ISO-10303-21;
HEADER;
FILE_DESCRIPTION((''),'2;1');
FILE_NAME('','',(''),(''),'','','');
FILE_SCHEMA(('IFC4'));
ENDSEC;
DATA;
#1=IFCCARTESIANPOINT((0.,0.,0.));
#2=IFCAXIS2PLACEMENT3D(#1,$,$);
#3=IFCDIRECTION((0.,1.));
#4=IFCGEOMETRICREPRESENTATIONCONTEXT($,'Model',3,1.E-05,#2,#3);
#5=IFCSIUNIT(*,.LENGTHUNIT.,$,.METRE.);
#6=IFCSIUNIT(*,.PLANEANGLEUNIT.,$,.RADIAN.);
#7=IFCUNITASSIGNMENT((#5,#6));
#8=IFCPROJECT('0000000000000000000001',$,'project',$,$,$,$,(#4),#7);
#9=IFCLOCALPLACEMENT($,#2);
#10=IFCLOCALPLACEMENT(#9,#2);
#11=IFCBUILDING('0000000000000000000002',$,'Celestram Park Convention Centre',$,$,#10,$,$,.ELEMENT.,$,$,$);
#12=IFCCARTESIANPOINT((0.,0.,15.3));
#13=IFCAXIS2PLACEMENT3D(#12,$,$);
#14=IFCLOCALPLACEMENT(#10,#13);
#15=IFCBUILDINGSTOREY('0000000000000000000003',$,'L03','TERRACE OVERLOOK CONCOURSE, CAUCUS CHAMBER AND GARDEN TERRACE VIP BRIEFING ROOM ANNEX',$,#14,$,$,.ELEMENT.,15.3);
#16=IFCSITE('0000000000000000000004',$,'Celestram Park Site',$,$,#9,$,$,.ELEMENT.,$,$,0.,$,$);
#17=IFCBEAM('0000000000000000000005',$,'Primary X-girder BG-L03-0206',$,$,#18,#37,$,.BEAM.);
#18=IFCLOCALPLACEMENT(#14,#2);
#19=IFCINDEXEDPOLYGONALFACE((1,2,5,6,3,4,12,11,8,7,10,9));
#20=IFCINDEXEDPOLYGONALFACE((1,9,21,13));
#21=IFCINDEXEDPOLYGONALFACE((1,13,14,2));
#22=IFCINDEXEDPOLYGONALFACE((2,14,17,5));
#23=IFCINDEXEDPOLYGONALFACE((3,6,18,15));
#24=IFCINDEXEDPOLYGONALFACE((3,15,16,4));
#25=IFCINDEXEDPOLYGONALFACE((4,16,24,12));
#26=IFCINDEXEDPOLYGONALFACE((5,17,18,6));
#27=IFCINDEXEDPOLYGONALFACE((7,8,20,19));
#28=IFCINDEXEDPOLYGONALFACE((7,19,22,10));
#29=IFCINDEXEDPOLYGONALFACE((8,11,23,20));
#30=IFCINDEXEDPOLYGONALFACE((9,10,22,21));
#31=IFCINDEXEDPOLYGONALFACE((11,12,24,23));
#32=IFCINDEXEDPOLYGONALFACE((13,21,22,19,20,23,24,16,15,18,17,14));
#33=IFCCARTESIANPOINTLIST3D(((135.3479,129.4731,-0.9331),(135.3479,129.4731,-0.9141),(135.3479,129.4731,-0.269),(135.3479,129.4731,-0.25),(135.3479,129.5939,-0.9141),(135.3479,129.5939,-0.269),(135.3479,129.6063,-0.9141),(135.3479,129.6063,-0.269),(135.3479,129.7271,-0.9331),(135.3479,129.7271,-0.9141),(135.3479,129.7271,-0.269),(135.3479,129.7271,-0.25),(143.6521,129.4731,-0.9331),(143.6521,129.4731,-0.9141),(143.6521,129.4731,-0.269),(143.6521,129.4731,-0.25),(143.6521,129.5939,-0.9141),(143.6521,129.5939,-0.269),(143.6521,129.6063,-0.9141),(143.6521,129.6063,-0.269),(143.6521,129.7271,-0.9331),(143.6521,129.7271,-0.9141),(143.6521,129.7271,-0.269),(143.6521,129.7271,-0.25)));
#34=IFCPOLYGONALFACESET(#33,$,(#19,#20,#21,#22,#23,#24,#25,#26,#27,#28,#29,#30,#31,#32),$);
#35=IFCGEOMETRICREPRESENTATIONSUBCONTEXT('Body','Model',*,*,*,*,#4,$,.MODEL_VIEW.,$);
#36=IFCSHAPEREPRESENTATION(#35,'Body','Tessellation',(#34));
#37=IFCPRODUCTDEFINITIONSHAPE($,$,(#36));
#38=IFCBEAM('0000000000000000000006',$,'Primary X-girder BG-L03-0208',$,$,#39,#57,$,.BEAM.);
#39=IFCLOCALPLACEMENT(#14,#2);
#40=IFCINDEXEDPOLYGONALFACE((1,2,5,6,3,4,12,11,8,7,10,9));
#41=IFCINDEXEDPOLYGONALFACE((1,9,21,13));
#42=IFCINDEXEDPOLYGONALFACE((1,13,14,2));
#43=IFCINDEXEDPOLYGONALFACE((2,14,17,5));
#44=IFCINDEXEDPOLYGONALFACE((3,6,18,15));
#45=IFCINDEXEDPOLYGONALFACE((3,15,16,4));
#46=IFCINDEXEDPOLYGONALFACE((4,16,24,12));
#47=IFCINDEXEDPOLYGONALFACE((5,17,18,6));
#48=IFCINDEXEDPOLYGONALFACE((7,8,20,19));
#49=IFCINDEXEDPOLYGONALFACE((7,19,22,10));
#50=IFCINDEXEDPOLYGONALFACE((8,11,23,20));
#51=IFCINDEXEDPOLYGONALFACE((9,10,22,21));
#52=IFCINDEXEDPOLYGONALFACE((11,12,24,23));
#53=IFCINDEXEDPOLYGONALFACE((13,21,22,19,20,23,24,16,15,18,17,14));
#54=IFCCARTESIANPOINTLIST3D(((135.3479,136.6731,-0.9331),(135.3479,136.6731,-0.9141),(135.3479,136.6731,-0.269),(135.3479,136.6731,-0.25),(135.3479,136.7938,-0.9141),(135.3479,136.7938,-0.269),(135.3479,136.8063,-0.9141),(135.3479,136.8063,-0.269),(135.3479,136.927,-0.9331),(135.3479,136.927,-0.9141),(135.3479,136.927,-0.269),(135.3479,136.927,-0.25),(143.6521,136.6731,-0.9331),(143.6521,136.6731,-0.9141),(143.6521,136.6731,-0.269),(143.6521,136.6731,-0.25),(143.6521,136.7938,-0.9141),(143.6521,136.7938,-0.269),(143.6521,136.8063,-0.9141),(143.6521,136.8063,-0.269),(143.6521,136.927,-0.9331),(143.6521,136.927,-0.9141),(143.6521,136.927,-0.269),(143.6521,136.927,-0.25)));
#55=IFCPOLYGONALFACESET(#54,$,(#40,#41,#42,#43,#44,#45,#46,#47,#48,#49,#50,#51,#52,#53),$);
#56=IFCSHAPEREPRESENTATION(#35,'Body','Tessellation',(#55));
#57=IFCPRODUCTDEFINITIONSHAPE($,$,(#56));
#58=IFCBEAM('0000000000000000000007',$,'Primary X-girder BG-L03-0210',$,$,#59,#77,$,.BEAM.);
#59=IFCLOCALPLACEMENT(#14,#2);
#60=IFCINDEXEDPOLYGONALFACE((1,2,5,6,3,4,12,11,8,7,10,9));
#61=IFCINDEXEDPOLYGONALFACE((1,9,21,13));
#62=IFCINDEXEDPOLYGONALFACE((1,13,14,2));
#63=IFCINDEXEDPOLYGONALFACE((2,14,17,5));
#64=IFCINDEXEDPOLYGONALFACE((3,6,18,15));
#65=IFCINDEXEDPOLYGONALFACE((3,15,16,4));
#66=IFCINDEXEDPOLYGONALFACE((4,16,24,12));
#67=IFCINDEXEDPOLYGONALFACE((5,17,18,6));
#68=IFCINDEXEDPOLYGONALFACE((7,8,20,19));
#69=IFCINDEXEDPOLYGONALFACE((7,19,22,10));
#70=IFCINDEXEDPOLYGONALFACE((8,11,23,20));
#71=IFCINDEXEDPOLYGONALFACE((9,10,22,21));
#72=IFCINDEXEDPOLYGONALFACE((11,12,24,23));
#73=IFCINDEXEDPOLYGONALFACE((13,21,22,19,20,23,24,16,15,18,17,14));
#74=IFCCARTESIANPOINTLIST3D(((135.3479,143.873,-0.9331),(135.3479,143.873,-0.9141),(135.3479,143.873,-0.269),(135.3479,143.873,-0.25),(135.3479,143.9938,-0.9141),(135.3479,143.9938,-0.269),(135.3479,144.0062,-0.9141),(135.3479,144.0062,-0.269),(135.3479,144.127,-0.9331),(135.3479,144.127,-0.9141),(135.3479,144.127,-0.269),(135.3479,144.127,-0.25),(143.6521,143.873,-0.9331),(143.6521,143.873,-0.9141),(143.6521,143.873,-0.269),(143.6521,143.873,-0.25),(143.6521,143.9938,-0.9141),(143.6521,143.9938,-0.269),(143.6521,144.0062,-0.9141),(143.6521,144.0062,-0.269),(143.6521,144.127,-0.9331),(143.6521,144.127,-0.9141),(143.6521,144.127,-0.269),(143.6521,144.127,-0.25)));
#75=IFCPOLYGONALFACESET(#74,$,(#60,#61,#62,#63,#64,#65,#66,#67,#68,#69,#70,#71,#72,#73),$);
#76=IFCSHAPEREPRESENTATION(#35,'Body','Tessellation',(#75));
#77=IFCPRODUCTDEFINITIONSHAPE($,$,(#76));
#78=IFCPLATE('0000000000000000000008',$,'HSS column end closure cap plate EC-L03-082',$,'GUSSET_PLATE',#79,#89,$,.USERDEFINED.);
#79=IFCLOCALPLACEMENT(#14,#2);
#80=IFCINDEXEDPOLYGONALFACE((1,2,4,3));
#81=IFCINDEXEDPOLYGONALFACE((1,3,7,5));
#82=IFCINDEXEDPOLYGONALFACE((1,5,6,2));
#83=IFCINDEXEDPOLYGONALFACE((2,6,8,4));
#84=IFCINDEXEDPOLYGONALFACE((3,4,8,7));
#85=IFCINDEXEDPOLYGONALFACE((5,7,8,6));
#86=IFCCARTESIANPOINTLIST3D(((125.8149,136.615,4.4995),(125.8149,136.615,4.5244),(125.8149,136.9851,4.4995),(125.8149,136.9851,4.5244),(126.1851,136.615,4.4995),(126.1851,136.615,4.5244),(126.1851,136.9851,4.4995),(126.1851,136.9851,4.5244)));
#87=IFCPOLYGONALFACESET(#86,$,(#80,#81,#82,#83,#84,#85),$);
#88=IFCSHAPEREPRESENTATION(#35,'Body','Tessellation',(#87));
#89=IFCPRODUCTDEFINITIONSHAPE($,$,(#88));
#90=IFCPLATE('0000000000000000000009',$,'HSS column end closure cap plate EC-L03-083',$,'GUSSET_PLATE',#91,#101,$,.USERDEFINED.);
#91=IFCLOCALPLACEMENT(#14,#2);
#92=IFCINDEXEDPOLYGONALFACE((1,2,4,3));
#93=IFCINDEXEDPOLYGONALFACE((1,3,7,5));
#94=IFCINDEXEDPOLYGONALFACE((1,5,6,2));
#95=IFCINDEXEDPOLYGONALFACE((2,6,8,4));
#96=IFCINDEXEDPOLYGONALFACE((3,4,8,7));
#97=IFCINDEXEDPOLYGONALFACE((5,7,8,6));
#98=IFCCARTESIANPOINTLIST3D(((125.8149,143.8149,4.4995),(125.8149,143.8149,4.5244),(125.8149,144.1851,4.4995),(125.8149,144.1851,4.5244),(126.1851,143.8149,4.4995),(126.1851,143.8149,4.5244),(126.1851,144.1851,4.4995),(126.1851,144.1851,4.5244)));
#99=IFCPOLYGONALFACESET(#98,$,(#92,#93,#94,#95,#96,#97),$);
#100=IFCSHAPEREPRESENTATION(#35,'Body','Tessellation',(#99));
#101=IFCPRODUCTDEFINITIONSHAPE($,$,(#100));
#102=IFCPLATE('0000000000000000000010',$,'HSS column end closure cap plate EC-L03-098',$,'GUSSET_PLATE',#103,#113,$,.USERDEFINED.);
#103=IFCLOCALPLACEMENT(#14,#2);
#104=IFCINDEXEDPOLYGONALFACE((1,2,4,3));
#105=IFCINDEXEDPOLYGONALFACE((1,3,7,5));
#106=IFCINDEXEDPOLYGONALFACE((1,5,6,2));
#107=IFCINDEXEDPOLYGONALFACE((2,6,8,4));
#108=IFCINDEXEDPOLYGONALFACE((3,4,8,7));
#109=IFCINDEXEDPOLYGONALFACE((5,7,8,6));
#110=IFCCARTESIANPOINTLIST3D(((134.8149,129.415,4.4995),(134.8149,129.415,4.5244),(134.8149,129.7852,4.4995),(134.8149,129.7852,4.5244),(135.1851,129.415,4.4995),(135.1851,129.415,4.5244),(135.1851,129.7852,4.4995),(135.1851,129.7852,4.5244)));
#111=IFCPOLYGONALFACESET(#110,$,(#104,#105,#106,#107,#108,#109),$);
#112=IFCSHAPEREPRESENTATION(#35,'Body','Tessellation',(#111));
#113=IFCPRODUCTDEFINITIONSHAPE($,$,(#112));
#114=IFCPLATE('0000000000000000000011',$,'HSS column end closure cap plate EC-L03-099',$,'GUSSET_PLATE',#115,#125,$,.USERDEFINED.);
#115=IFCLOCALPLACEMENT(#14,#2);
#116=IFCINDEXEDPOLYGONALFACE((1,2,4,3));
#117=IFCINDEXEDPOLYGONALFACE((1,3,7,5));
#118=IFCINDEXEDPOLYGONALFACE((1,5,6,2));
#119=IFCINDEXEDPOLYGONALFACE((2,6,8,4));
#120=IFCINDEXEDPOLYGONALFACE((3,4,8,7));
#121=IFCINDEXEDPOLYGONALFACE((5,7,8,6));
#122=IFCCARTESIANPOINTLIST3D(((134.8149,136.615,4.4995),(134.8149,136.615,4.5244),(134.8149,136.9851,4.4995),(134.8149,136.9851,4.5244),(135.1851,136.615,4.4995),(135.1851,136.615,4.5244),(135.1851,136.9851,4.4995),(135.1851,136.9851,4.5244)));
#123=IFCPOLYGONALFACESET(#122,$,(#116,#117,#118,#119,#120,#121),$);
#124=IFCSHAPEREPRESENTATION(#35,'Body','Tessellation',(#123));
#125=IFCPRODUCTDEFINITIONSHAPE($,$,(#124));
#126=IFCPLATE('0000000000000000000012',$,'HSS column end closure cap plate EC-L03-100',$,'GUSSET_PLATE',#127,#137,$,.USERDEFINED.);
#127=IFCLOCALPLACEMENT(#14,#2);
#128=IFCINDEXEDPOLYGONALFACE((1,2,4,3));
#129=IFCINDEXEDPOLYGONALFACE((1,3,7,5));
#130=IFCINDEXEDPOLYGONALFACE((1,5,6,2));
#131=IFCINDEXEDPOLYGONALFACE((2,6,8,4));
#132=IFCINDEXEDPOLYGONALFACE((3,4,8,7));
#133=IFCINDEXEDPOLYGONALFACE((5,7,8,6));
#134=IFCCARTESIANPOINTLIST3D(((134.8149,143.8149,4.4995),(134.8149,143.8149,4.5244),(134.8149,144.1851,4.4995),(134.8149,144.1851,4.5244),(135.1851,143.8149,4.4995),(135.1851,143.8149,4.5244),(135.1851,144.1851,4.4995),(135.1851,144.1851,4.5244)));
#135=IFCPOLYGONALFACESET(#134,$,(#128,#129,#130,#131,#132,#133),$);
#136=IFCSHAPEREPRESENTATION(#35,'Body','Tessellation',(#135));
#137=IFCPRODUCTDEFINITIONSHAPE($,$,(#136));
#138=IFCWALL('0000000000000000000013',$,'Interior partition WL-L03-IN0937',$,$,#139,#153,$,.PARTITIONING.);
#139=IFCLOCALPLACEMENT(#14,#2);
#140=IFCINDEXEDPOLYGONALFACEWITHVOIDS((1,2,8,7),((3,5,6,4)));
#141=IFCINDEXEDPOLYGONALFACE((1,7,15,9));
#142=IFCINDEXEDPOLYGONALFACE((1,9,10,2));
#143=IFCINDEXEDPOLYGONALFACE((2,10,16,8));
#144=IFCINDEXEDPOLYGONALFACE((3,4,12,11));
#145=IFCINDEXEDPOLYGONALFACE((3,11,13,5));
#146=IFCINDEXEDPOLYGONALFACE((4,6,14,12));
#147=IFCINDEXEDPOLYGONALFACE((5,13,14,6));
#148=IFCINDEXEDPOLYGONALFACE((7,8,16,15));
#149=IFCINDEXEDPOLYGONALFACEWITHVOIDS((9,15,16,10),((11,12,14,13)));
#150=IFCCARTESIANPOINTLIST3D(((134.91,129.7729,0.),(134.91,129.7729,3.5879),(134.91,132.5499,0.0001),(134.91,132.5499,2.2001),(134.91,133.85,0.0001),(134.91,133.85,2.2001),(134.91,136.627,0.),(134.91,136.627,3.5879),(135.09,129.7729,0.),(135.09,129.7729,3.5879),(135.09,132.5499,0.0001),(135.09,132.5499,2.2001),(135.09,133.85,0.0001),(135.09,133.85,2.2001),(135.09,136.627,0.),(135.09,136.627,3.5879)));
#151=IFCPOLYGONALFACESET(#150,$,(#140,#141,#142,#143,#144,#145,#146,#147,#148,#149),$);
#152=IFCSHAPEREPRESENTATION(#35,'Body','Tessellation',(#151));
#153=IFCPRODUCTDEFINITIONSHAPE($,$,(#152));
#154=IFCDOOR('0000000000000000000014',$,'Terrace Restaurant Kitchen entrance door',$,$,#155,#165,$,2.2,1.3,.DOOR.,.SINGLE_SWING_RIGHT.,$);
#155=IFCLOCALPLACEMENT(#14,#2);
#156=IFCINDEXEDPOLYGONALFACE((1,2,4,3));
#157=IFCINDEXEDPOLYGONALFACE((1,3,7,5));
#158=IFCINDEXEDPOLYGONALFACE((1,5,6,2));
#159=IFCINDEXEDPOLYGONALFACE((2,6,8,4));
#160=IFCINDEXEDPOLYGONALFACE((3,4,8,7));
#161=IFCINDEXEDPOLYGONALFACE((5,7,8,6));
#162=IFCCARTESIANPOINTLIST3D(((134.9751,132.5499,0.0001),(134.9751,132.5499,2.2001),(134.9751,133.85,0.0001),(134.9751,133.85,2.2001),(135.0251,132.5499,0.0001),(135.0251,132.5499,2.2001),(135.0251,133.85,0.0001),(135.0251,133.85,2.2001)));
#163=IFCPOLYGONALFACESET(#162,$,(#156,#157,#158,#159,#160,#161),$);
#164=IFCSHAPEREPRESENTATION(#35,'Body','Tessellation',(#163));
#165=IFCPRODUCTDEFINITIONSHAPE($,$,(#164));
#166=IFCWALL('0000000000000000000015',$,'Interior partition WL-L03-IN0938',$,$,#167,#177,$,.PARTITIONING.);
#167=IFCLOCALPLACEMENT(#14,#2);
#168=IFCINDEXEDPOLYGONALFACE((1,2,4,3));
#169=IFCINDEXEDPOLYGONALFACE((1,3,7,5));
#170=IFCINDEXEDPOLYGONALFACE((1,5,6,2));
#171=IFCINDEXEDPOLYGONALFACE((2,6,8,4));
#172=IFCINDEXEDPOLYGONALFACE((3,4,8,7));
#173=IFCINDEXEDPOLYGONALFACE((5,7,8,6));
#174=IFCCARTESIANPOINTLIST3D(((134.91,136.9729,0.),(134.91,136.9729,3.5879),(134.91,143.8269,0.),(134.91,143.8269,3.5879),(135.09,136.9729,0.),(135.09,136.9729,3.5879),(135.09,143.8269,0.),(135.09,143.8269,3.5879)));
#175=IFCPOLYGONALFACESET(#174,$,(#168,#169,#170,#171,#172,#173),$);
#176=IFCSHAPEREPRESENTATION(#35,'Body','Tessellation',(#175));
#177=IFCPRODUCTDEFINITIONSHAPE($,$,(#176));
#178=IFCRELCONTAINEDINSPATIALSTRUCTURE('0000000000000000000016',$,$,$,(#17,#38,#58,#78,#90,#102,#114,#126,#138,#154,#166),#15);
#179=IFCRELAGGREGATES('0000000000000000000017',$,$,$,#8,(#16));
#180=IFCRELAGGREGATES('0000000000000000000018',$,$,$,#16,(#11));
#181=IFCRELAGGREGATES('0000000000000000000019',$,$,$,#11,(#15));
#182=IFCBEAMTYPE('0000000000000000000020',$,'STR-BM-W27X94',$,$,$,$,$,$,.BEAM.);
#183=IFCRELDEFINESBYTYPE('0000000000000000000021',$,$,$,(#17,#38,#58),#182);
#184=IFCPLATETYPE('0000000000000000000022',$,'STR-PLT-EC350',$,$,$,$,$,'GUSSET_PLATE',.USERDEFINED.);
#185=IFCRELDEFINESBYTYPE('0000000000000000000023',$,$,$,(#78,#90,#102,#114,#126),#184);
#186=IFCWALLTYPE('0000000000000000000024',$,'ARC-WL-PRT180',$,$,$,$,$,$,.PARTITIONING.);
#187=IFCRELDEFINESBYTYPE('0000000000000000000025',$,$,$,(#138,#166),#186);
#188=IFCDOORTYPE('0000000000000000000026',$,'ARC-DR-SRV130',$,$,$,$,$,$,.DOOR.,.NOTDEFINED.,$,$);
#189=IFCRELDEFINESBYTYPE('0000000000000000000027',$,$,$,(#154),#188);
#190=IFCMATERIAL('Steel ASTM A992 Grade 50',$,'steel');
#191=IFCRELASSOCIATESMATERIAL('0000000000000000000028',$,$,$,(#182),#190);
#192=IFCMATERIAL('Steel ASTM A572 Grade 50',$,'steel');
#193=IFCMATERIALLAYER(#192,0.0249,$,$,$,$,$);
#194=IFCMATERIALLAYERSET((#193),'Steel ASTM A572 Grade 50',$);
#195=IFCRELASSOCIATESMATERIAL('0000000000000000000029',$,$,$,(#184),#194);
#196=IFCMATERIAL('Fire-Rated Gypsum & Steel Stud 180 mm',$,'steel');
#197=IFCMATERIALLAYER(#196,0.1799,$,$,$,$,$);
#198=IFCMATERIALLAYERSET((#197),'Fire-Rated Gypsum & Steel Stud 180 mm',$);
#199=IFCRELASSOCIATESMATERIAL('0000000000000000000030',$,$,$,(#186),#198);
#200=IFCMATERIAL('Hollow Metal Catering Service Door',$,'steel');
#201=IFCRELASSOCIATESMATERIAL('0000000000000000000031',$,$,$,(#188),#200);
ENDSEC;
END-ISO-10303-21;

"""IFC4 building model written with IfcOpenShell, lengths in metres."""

from ifc_helpers import new_model, si_unit, direction, frame, frame_2d, origin, origin_2d, place, context, subcontext, project, spatial, rectangle, i_section, extrude, material, layer, layer_set, material_profile, profile_set, type_object, element, fill, save


model = new_model("IFC4")

# Units and contexts
model_context = context("Model", 3, precision=1e-05, world=origin(), true_north=direction((0.0, 1.0)))
body_context = subcontext(model_context, "Body", "Model", "MODEL_VIEW")
ifc_project = project(units=[si_unit("LENGTHUNIT", "METRE"), si_unit("PLANEANGLEUNIT", "RADIAN")], contexts=[model_context])

# Site, building, storey
site_placement = place(None, origin())
site = spatial("IfcSite", under=ifc_project, at=site_placement, Name="Celestram Park Site", CompositionType="ELEMENT", RefElevation=0.0)
building_placement = place(site_placement, origin())
building = spatial("IfcBuilding", under=site, at=building_placement, Name="Celestram Park Convention Centre", CompositionType="ELEMENT")
storey_placement = place(building_placement, frame((0.0, 0.0, 15.3)))
storey = spatial("IfcBuildingStorey", under=building, at=storey_placement, Name="L03", Description="TERRACE OVERLOOK CONCOURSE, CAUCUS CHAMBER AND GARDEN TERRACE VIP BRIEFING ROOM ANNEX", CompositionType="ELEMENT", Elevation=15.3)

# Beams
ifc_material_1 = material(Name="Steel ASTM A992 Grade 50", Category="steel")
ifc_material_profile_1 = material_profile(ifc_material_1, i_section(OverallWidth=0.2539, OverallDepth=0.6831, WebThickness=0.0125, FlangeThickness=0.019, at=origin_2d()), Name="W27X94")
ifc_profile_set_1 = profile_set([ifc_material_profile_1], Name="Steel ASTM A992 Grade 50")
beam_type_1 = type_object("IfcBeamType", Name="STR-BM-W27X94", PredefinedType="BEAM", material=ifc_profile_set_1)
for number, where, z_axis, x_axis, name in (
    (1, (135.3479, 129.6001, -0.5916), (1.0, 0.0, 0.0), (0.0, 1.0, 0.0), "Primary X-girder BG-L03-0206"),
    (2, (135.3479, 136.8, -0.5916), (1.0, 0.0, 0.0), (0.0, 1.0, 0.0), "Primary X-girder BG-L03-0208"),
    (3, (135.3479, 144.0, -0.5916), (1.0, 0.0, 0.0), (0.0, 1.0, 0.0), "Primary X-girder BG-L03-0210"),
):
    element("IfcBeam", number, at=place(storey_placement, frame(where, z_axis=z_axis, x_axis=x_axis)), inside=storey, type_object=beam_type_1, Name=name, PredefinedType="BEAM", context=body_context, shape_type="SweptSolid", body=[
        extrude(i_section(OverallWidth=0.2539, OverallDepth=0.6831, WebThickness=0.0125, FlangeThickness=0.019, at=origin_2d()), origin(), (0.0, 0.0, 1.0), 8.3042),
    ])

# Plates
ifc_material_2 = material(Name="Steel ASTM A572 Grade 50", Category="steel")
ifc_layer_1 = layer(ifc_material_2, 0.0249)
ifc_layer_set_1 = layer_set([ifc_layer_1], Name="Steel ASTM A572 Grade 50")
plate_type = type_object("IfcPlateType", Name="STR-PLT-EC350", ElementType="GUSSET_PLATE", PredefinedType="USERDEFINED", material=ifc_layer_set_1)
for number, where, z_axis, x_axis, name in (
    (4, (126.0, 136.8, 4.4995), (0.0, 0.0, 1.0), (1.0, 0.0, 0.0), "HSS column end closure cap plate EC-L03-082"),
    (5, (126.0, 144.0, 4.4995), (0.0, 0.0, 1.0), (1.0, 0.0, 0.0), "HSS column end closure cap plate EC-L03-083"),
    (6, (135.0, 129.6001, 4.4995), (0.0, 0.0, 1.0), (1.0, 0.0, 0.0), "HSS column end closure cap plate EC-L03-098"),
    (7, (135.0, 136.8, 4.4995), (0.0, 0.0, 1.0), (1.0, 0.0, 0.0), "HSS column end closure cap plate EC-L03-099"),
    (8, (135.0, 144.0, 4.4995), (0.0, 0.0, 1.0), (1.0, 0.0, 0.0), "HSS column end closure cap plate EC-L03-100"),
):
    element("IfcPlate", number, at=place(storey_placement, frame(where, z_axis=z_axis, x_axis=x_axis)), inside=storey, type_object=plate_type, Name=name, ObjectType="GUSSET_PLATE", PredefinedType="USERDEFINED", context=body_context, shape_type="SweptSolid", body=[
        extrude(rectangle(XDim=0.3701, YDim=0.3701, at=origin_2d()), origin(), (0.0, 0.0, 1.0), 0.0249),
    ])

# Wall, opening, door
ifc_material_3 = material(Name="Fire-Rated Gypsum & Steel Stud 180 mm", Category="steel")
ifc_layer_2 = layer(ifc_material_3, 0.1799)
ifc_layer_set_2 = layer_set([ifc_layer_2], Name="Fire-Rated Gypsum & Steel Stud 180 mm")
wall_type = type_object("IfcWallType", Name="ARC-WL-PRT180", PredefinedType="PARTITIONING", material=ifc_layer_set_2)
wall_1_placement = place(storey_placement, frame((135.0, 129.7729, 0.0), z_axis=(0.0, 0.0, 1.0), x_axis=(0.0, 1.0, 0.0)))
wall_1 = element("IfcWall", 9, at=wall_1_placement, inside=storey, type_object=wall_type, Name="Interior partition WL-L03-IN0937", PredefinedType="PARTITIONING", context=body_context, shape_type="SweptSolid", body=[
    extrude(rectangle(XDim=6.854, YDim=0.1799, at=frame_2d((3.427, 0.0))), origin(), (0.0, 0.0, 1.0), 3.5879),
])
opening_placement = place(wall_1_placement, frame((2.7771, 0.0, 0.0)))
opening = element("IfcOpeningElement", 10, at=opening_placement, cuts=wall_1, PredefinedType="OPENING", context=body_context, shape_type="SweptSolid", body=[
    extrude(rectangle(XDim=1.3, YDim=2.2, at=frame_2d((0.6499, 1.1001))), frame((0.0, 0.0999, 0.0), z_axis=(0.0, -1.0, 0.0), x_axis=(1.0, 0.0, 0.0)), (0.0, 0.0, 1.0), 0.2),
])
ifc_material_4 = material(Name="Hollow Metal Catering Service Door", Category="steel")
door_type = type_object("IfcDoorType", Name="ARC-DR-SRV130", OperationType="NOTDEFINED", PredefinedType="DOOR", material=ifc_material_4)
door_placement = place(opening_placement, origin())
door = element("IfcDoor", 11, at=door_placement, inside=storey, type_object=door_type, Name="Terrace Restaurant Kitchen entrance door", OperationType="SINGLE_SWING_RIGHT", OverallHeight=2.2, OverallWidth=1.3, PredefinedType="DOOR", context=body_context, shape_type="SweptSolid", body=[
    extrude(rectangle(XDim=1.3, YDim=2.2, at=frame_2d((0.6499, 1.1001))), frame((0.0, 0.0249, 0.0), z_axis=(0.0, -1.0, 0.0), x_axis=(1.0, 0.0, 0.0)), (0.0, 0.0, 1.0), 0.05),
])
fill(opening, door)

# Wall
wall_2_placement = place(storey_placement, frame((135.0, 136.9729, 0.0), z_axis=(0.0, 0.0, 1.0), x_axis=(0.0, 1.0, 0.0)))
element("IfcWall", 12, at=wall_2_placement, inside=storey, type_object=wall_type, Name="Interior partition WL-L03-IN0938", PredefinedType="PARTITIONING", context=body_context, shape_type="SweptSolid", body=[
    extrude(rectangle(XDim=6.854, YDim=0.1799, at=frame_2d((3.427, 0.0))), origin(), (0.0, 0.0, 1.0), 3.5879),
])

save(model, "model.ifc")
